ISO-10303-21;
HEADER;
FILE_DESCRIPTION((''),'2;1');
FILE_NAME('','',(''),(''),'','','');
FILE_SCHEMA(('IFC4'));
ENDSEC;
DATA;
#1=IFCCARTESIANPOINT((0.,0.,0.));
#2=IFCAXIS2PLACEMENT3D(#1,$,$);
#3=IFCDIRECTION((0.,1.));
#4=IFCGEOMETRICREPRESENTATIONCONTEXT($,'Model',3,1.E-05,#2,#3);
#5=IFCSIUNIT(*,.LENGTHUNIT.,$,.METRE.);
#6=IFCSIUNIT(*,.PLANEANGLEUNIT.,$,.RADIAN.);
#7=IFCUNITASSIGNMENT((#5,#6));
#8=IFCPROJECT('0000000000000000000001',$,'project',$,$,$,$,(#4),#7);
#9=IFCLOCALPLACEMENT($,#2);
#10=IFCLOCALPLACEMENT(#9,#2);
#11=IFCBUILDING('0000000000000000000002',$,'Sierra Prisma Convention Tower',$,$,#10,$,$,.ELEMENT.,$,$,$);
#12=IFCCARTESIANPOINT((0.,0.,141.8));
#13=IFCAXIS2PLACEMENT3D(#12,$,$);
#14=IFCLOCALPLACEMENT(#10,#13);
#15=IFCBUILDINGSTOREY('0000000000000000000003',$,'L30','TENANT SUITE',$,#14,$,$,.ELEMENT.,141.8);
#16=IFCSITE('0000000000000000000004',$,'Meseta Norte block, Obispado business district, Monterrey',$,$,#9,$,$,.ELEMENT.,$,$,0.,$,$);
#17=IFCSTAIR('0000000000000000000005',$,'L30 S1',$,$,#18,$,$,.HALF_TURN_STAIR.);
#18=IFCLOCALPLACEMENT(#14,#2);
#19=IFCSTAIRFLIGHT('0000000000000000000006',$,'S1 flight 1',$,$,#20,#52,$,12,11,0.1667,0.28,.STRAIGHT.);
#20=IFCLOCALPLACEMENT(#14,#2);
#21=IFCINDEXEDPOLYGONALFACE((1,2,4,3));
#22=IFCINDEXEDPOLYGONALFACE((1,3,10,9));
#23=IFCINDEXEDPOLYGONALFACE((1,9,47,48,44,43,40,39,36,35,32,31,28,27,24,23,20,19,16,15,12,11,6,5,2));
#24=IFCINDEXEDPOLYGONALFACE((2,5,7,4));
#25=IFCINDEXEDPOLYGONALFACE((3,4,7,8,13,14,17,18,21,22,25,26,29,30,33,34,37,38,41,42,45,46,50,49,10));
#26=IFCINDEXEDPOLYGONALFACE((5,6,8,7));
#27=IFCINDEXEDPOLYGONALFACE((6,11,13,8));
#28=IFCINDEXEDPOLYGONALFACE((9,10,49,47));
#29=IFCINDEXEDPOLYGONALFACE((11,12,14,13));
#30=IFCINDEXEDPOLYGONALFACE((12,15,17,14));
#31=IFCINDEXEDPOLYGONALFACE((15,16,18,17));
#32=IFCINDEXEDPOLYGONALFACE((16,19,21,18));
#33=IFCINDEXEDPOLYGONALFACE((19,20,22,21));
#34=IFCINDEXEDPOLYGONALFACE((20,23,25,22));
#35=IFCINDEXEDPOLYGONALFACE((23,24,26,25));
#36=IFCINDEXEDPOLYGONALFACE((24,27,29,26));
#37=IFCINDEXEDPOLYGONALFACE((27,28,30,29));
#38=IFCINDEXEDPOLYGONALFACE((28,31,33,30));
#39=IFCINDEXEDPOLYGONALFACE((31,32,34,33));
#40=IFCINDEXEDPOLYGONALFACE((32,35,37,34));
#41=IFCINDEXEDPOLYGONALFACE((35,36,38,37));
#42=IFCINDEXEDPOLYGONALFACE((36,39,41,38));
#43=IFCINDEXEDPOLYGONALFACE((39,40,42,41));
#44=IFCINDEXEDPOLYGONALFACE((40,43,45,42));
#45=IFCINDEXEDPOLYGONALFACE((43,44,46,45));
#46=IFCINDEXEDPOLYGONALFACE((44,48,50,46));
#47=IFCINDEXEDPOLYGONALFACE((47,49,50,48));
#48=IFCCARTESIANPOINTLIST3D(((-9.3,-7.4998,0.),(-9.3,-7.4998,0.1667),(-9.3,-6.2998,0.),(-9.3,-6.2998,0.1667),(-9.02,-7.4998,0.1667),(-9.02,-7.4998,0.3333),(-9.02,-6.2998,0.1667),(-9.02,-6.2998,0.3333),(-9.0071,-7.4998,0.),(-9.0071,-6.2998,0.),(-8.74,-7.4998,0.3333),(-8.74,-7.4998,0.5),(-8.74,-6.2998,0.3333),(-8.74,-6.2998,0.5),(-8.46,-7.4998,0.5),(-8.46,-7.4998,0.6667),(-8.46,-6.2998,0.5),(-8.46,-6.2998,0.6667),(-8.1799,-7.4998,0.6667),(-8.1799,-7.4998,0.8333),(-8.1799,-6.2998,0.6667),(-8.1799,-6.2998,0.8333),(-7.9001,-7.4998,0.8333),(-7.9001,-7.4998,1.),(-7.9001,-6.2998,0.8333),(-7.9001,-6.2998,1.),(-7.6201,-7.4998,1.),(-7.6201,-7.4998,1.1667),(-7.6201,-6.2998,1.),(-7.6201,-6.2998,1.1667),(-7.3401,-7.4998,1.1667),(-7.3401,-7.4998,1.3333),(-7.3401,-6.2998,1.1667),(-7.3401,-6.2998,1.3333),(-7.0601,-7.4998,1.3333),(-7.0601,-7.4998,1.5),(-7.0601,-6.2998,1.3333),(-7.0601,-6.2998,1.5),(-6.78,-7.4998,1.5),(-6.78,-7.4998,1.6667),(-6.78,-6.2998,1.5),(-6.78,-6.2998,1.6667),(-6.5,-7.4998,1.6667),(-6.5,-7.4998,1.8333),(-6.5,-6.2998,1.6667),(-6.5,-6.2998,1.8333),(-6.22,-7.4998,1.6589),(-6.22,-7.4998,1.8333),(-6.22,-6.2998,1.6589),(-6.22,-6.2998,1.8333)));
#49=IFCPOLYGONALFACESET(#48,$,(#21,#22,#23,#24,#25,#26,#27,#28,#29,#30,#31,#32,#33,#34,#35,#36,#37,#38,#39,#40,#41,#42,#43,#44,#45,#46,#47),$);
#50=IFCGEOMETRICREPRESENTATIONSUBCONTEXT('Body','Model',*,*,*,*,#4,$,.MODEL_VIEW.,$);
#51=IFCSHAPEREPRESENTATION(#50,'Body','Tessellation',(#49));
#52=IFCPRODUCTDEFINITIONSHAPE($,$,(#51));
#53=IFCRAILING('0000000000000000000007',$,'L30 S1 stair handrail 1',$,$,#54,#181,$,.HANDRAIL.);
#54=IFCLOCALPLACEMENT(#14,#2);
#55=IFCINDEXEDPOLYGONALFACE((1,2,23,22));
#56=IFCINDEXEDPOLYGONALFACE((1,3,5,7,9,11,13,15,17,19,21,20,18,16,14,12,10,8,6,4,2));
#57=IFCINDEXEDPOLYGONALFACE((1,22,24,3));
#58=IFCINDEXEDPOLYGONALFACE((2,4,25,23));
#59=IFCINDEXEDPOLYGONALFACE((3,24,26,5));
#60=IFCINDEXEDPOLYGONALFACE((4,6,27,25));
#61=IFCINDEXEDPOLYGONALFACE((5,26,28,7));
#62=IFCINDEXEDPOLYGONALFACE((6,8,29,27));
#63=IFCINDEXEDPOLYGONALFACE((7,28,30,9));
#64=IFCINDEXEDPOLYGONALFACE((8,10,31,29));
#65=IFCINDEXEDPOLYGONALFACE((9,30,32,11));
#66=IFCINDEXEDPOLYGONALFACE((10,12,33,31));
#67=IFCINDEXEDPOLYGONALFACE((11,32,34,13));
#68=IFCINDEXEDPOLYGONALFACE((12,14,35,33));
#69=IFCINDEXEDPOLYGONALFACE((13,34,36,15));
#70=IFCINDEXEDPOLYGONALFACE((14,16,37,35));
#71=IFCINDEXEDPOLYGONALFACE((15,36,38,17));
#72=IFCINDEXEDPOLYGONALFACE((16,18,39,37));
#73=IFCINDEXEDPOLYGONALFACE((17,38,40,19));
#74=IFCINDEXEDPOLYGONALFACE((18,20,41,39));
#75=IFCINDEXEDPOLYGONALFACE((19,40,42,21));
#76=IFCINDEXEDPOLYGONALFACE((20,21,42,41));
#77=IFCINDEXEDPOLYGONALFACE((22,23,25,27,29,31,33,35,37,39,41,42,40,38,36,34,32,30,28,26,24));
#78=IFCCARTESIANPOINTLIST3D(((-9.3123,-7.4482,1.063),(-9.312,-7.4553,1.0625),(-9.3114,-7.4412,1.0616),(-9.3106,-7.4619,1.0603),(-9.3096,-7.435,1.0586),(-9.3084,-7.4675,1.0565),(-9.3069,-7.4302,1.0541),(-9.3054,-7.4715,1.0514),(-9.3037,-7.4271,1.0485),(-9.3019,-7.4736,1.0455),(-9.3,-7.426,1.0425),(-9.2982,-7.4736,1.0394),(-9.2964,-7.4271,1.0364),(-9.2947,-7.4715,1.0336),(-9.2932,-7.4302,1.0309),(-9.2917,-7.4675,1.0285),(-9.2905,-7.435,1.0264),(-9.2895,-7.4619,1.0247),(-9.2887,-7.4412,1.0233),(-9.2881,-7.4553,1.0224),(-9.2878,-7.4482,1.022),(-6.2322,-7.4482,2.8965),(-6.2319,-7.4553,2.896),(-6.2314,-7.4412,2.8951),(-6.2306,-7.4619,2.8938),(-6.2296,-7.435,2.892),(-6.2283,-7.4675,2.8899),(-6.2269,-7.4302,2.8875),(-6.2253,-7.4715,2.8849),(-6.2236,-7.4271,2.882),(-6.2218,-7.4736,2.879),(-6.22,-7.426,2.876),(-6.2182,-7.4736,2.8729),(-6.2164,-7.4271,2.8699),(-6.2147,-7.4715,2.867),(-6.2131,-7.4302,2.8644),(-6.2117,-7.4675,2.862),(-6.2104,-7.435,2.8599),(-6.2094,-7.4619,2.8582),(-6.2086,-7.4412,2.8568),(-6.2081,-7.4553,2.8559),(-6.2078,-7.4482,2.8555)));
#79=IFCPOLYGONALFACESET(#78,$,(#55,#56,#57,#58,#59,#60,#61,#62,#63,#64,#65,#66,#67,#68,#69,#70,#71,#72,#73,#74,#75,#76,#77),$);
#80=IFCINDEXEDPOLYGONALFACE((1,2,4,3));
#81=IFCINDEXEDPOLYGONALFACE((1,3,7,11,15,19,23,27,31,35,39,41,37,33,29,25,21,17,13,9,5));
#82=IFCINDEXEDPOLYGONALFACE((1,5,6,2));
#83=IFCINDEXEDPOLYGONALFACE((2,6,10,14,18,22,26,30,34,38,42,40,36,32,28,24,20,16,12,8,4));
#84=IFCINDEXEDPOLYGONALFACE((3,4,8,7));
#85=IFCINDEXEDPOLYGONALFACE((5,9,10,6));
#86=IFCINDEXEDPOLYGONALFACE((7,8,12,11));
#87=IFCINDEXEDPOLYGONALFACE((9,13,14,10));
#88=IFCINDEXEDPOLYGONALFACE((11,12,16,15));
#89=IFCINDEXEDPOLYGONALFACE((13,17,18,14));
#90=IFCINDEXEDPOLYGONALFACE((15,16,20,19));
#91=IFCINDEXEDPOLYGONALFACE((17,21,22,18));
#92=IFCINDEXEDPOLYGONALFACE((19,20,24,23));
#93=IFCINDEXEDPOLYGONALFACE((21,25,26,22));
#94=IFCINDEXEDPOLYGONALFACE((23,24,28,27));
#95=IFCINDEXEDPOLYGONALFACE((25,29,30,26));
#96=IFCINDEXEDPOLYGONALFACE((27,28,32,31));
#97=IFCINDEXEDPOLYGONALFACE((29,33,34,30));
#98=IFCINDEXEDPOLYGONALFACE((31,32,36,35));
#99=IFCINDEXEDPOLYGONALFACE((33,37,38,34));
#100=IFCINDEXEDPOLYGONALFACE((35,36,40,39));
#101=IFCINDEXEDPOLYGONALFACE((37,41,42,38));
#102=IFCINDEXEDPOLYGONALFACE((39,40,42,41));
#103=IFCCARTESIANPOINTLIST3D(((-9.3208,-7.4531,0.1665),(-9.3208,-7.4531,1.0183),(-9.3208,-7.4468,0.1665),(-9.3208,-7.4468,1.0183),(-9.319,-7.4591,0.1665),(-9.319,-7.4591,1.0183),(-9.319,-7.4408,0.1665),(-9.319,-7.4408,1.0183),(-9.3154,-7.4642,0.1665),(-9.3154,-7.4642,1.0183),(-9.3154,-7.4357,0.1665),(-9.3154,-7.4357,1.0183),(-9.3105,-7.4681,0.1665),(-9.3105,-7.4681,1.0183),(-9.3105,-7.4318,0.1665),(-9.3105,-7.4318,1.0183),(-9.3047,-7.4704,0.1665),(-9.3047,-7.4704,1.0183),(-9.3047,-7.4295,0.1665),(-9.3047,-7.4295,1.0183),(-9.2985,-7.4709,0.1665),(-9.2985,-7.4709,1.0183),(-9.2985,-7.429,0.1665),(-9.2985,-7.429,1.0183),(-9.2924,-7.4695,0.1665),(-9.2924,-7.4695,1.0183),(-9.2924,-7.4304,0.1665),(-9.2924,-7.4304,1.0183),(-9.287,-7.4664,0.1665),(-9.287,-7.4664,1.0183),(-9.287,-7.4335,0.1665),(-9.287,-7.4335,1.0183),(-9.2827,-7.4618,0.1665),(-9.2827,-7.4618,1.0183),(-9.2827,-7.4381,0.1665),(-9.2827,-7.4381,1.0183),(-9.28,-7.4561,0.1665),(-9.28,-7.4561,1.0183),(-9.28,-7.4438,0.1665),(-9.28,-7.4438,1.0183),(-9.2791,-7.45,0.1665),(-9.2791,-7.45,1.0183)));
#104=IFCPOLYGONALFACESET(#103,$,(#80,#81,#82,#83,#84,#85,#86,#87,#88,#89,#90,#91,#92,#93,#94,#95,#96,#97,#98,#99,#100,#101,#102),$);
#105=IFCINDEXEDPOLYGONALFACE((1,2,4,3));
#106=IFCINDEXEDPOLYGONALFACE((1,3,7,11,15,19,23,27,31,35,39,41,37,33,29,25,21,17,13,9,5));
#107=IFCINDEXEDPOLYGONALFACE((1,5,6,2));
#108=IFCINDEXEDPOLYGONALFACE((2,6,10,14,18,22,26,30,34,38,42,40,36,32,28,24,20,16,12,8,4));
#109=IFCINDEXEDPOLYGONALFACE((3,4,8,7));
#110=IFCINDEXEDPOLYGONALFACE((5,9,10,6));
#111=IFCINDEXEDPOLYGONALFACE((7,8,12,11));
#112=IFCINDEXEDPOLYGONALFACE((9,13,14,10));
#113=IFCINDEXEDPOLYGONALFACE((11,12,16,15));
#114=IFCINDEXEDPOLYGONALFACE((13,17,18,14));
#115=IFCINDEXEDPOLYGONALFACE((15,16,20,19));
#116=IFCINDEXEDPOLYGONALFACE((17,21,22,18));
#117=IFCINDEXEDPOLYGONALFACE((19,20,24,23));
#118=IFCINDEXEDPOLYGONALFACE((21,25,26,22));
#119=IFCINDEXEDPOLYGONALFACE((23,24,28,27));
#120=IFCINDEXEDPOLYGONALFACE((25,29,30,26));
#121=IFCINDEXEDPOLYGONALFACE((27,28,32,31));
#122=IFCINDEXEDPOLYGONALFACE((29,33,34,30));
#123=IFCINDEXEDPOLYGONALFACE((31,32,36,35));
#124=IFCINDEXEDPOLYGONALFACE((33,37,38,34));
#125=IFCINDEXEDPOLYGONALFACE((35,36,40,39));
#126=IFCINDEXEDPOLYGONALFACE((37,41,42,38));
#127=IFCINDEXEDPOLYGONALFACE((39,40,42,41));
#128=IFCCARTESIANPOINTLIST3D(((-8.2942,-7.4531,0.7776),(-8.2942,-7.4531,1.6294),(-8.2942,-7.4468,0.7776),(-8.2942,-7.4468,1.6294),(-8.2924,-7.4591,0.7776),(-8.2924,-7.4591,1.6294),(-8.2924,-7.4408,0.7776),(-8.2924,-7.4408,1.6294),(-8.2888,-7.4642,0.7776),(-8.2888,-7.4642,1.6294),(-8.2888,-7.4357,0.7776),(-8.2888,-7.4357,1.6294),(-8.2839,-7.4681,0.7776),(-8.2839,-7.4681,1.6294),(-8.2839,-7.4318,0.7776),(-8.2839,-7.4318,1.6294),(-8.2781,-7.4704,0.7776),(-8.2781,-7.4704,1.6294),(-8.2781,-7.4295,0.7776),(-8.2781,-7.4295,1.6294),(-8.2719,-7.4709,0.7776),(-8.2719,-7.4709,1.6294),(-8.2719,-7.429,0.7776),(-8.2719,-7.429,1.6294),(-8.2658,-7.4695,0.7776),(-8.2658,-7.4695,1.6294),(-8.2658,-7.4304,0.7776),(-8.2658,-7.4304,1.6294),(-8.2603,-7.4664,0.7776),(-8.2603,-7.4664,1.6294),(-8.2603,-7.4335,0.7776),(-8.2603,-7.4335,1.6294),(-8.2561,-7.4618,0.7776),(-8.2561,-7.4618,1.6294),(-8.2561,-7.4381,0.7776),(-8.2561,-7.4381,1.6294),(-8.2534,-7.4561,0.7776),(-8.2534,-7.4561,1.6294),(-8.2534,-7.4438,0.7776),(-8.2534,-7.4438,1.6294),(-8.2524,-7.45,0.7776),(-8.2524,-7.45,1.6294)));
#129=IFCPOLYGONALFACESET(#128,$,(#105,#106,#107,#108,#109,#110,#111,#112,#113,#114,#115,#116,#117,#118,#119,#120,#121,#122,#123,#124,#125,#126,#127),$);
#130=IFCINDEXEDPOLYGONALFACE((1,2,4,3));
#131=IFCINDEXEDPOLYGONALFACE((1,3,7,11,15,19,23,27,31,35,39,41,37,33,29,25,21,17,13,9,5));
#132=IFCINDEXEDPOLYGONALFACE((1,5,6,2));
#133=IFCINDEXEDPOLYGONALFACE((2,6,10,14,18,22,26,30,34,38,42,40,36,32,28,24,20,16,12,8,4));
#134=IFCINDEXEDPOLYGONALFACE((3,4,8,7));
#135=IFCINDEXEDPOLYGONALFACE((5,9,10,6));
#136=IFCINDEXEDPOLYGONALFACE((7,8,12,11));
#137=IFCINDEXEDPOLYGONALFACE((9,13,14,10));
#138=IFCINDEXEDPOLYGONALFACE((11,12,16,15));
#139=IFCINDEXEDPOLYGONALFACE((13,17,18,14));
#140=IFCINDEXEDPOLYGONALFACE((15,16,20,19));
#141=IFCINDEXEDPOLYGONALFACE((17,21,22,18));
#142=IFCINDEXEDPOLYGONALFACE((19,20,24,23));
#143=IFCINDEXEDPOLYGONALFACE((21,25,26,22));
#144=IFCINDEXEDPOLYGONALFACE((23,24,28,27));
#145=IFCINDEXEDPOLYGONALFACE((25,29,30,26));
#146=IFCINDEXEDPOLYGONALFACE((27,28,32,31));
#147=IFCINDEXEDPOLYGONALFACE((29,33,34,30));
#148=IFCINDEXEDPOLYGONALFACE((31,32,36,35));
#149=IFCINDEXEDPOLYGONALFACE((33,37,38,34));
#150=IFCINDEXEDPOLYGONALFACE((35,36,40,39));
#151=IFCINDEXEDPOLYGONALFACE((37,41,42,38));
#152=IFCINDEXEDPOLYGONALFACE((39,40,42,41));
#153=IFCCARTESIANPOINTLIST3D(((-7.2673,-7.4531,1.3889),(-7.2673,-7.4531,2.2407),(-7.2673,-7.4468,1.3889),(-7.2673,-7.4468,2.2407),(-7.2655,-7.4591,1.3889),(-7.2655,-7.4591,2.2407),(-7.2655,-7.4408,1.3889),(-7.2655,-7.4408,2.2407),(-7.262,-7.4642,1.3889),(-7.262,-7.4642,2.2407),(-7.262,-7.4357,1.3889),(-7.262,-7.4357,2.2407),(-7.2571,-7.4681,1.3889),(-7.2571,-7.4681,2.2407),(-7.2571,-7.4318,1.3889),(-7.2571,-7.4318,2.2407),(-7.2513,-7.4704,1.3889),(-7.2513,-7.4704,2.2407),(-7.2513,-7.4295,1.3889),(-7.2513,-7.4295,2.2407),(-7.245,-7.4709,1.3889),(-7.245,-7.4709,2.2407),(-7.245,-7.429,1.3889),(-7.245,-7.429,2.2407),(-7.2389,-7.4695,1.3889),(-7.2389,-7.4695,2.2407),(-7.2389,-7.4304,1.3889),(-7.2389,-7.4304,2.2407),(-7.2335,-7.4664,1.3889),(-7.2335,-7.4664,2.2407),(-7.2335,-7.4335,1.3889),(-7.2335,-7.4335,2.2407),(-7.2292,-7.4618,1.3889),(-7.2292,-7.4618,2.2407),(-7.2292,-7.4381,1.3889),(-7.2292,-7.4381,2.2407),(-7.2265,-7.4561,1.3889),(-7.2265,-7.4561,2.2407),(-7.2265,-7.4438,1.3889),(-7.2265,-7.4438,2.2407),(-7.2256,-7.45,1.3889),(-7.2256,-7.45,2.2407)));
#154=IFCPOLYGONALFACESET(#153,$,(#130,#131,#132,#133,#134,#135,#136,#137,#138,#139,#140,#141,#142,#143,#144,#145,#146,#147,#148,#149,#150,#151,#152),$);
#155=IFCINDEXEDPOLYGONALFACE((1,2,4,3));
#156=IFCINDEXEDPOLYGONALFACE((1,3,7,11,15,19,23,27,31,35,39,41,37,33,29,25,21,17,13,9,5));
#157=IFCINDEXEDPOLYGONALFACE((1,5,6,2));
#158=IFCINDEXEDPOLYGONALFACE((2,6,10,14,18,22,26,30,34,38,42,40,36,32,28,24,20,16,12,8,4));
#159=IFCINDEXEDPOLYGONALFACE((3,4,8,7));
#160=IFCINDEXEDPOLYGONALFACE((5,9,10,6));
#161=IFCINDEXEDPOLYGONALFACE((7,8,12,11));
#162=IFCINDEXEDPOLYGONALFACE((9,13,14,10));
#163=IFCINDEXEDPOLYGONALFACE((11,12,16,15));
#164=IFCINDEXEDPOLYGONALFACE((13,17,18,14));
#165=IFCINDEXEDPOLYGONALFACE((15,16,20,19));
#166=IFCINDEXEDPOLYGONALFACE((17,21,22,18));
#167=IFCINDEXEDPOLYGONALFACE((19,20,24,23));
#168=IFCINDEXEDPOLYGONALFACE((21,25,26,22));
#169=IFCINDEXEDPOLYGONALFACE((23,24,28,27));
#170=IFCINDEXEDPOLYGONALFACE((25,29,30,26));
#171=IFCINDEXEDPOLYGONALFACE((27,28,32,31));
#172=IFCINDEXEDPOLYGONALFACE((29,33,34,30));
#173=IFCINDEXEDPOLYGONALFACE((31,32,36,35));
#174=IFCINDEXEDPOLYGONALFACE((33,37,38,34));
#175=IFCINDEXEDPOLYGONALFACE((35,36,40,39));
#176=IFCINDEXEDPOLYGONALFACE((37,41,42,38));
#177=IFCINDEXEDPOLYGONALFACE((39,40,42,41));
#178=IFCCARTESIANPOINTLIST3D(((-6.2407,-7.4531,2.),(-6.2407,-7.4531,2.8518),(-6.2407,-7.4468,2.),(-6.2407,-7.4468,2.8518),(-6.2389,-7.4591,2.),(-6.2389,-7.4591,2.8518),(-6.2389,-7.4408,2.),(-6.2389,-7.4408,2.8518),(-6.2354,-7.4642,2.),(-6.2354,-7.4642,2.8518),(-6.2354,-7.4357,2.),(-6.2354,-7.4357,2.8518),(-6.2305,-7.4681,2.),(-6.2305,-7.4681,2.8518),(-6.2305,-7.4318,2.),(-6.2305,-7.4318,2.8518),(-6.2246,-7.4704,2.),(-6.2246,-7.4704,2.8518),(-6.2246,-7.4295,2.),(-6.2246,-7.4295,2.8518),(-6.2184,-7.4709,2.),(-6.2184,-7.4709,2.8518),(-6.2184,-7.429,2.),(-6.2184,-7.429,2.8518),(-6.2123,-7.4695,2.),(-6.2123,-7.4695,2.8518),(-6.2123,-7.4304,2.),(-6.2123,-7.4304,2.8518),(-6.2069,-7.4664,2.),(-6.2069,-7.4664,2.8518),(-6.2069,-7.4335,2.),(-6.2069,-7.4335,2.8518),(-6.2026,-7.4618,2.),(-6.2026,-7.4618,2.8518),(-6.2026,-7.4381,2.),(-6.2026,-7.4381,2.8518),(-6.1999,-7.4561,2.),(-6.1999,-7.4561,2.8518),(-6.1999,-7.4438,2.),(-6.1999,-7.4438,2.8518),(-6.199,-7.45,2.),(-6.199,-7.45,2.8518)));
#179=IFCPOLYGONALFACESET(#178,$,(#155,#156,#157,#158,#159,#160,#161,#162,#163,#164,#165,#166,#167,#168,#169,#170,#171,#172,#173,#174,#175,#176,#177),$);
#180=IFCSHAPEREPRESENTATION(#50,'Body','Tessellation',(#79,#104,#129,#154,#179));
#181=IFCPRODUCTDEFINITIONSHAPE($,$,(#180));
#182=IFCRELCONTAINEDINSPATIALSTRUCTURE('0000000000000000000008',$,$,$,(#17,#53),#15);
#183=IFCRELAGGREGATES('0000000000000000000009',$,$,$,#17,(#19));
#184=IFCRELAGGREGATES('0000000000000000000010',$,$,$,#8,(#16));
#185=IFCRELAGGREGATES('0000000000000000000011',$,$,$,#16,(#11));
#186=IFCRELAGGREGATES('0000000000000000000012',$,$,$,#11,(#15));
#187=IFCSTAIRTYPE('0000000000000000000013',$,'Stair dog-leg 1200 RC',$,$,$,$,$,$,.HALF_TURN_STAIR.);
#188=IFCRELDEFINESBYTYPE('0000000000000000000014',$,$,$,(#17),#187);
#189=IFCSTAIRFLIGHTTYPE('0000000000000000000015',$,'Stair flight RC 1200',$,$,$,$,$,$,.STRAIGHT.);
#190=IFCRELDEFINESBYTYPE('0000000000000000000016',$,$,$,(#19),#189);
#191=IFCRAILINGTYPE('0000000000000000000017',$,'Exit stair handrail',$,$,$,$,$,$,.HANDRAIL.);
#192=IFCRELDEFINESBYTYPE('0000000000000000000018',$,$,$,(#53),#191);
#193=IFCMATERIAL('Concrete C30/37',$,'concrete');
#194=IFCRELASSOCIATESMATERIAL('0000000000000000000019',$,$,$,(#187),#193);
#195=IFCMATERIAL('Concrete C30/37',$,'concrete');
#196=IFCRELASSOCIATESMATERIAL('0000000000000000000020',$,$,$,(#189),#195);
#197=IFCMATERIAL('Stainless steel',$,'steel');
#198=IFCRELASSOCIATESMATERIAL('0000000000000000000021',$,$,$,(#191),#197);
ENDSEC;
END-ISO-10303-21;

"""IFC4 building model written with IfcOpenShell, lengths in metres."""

from ifc_helpers import new_model, si_unit, direction, frame, origin, origin_2d, place, context, subcontext, project, spatial, polyline, circle, outline, extrude, material, type_object, element, aggregate, save


model = new_model("IFC4")

# Units and contexts
model_context = context("Model", 3, precision=1e-05, world=origin(), true_north=direction((0.0, 1.0)))
body_context = subcontext(model_context, "Body", "Model", "MODEL_VIEW")
ifc_project = project(units=[si_unit("LENGTHUNIT", "METRE"), si_unit("PLANEANGLEUNIT", "RADIAN")], contexts=[model_context])

# Site, building, storey
site_placement = place(None, origin())
site = spatial("IfcSite", under=ifc_project, at=site_placement, Name="Meseta Norte block, Obispado business district, Monterrey", CompositionType="ELEMENT", RefElevation=0.0)
building_placement = place(site_placement, origin())
building = spatial("IfcBuilding", under=site, at=building_placement, Name="Sierra Prisma Convention Tower", CompositionType="ELEMENT")
storey_placement = place(building_placement, frame((0.0, 0.0, 141.8)))
storey = spatial("IfcBuildingStorey", under=building, at=storey_placement, Name="L30", Description="TENANT SUITE", CompositionType="ELEMENT", Elevation=141.8)

# Stair, stair flight
ifc_material_1 = material(Name="Concrete C30/37", Category="concrete")
stair_type = type_object("IfcStairType", Name="Stair dog-leg 1200 RC", PredefinedType="HALF_TURN_STAIR", material=ifc_material_1)
stair_placement = place(storey_placement, origin())
stair = element("IfcStair", 1, at=stair_placement, inside=storey, type_object=stair_type, Name="L30 S1", PredefinedType="HALF_TURN_STAIR")
ifc_material_2 = material(Name="Concrete C30/37", Category="concrete")
stair_flight_type = type_object("IfcStairFlightType", Name="Stair flight RC 1200", PredefinedType="STRAIGHT", material=ifc_material_2)
stair_flight_placement = place(storey_placement, frame((-9.3, -6.8999, 0.0), z_axis=(0.0, 0.0, 1.0), x_axis=(1.0, 0.0, 0.0)))
stair_flight = element("IfcStairFlight", 2, at=stair_flight_placement, type_object=stair_flight_type, Name="S1 flight 1", NumberOfRisers=12, NumberOfTreads=11, PredefinedType="STRAIGHT", RiserHeight=0.1667, TreadLength=0.28, context=body_context, shape_type="SweptSolid", body=[
    extrude(outline(polyline([(0.0, 0.0), (0.0, 0.1667), (0.28, 0.1667), (0.28, 0.3333), (0.5601, 0.3333), (0.5601, 0.5), (0.8401, 0.5), (0.8401, 0.6667), (1.1201, 0.6667), (1.1201, 0.8333), (1.3999, 0.8333), (1.3999, 1.0), (1.6799, 1.0), (1.6799, 1.1667), (1.96, 1.1667), (1.96, 1.3333), (2.24, 1.3333), (2.24, 1.5), (2.52, 1.5), (2.52, 1.6667), (2.8, 1.6667), (2.8, 1.8333), (3.0801, 1.8333), (3.0801, 2.0), (3.0801, 1.6589), (0.293, 0.0), (0.0, 0.0)])), frame((0.0, 0.6001, 0.0), z_axis=(0.0, -1.0, 0.0), x_axis=(1.0, 0.0, 0.0)), (0.0, 0.0, 1.0), 1.2),
])
aggregate(stair, [stair_flight])

# Railing
ifc_material_3 = material(Name="Stainless steel", Category="steel")
railing_type = type_object("IfcRailingType", Name="Exit stair handrail", PredefinedType="HANDRAIL", material=ifc_material_3)
railing_placement = place(storey_placement, frame((-9.3, -7.45, 0.1665)))
element("IfcRailing", 3, at=railing_placement, inside=storey, type_object=railing_type, Name="L30 S1 stair handrail 1", PredefinedType="HANDRAIL", context=body_context, shape_type="SweptSolid", body=[
    extrude(circle(Radius=0.0239, at=origin_2d()), frame((0.0, 0.0, 0.876), z_axis=(0.859279, 0.0, 0.511508), x_axis=(0.0, 1.0, 0.0)), (0.0, 0.0, 1.0), 3.5845),
    extrude(circle(Radius=0.021, at=origin_2d()), origin(), (0.0, 0.0, 1.0), 0.8518),
    extrude(circle(Radius=0.021, at=origin_2d()), frame((1.0266, 0.0, 0.6111)), (0.0, 0.0, 1.0), 0.8518),
    extrude(circle(Radius=0.021, at=origin_2d()), frame((2.0535, 0.0, 1.2224)), (0.0, 0.0, 1.0), 0.8518),
    extrude(circle(Radius=0.021, at=origin_2d()), frame((3.0801, 0.0, 1.8335)), (0.0, 0.0, 1.0), 0.8518),
])

save(model, "model.ifc")
